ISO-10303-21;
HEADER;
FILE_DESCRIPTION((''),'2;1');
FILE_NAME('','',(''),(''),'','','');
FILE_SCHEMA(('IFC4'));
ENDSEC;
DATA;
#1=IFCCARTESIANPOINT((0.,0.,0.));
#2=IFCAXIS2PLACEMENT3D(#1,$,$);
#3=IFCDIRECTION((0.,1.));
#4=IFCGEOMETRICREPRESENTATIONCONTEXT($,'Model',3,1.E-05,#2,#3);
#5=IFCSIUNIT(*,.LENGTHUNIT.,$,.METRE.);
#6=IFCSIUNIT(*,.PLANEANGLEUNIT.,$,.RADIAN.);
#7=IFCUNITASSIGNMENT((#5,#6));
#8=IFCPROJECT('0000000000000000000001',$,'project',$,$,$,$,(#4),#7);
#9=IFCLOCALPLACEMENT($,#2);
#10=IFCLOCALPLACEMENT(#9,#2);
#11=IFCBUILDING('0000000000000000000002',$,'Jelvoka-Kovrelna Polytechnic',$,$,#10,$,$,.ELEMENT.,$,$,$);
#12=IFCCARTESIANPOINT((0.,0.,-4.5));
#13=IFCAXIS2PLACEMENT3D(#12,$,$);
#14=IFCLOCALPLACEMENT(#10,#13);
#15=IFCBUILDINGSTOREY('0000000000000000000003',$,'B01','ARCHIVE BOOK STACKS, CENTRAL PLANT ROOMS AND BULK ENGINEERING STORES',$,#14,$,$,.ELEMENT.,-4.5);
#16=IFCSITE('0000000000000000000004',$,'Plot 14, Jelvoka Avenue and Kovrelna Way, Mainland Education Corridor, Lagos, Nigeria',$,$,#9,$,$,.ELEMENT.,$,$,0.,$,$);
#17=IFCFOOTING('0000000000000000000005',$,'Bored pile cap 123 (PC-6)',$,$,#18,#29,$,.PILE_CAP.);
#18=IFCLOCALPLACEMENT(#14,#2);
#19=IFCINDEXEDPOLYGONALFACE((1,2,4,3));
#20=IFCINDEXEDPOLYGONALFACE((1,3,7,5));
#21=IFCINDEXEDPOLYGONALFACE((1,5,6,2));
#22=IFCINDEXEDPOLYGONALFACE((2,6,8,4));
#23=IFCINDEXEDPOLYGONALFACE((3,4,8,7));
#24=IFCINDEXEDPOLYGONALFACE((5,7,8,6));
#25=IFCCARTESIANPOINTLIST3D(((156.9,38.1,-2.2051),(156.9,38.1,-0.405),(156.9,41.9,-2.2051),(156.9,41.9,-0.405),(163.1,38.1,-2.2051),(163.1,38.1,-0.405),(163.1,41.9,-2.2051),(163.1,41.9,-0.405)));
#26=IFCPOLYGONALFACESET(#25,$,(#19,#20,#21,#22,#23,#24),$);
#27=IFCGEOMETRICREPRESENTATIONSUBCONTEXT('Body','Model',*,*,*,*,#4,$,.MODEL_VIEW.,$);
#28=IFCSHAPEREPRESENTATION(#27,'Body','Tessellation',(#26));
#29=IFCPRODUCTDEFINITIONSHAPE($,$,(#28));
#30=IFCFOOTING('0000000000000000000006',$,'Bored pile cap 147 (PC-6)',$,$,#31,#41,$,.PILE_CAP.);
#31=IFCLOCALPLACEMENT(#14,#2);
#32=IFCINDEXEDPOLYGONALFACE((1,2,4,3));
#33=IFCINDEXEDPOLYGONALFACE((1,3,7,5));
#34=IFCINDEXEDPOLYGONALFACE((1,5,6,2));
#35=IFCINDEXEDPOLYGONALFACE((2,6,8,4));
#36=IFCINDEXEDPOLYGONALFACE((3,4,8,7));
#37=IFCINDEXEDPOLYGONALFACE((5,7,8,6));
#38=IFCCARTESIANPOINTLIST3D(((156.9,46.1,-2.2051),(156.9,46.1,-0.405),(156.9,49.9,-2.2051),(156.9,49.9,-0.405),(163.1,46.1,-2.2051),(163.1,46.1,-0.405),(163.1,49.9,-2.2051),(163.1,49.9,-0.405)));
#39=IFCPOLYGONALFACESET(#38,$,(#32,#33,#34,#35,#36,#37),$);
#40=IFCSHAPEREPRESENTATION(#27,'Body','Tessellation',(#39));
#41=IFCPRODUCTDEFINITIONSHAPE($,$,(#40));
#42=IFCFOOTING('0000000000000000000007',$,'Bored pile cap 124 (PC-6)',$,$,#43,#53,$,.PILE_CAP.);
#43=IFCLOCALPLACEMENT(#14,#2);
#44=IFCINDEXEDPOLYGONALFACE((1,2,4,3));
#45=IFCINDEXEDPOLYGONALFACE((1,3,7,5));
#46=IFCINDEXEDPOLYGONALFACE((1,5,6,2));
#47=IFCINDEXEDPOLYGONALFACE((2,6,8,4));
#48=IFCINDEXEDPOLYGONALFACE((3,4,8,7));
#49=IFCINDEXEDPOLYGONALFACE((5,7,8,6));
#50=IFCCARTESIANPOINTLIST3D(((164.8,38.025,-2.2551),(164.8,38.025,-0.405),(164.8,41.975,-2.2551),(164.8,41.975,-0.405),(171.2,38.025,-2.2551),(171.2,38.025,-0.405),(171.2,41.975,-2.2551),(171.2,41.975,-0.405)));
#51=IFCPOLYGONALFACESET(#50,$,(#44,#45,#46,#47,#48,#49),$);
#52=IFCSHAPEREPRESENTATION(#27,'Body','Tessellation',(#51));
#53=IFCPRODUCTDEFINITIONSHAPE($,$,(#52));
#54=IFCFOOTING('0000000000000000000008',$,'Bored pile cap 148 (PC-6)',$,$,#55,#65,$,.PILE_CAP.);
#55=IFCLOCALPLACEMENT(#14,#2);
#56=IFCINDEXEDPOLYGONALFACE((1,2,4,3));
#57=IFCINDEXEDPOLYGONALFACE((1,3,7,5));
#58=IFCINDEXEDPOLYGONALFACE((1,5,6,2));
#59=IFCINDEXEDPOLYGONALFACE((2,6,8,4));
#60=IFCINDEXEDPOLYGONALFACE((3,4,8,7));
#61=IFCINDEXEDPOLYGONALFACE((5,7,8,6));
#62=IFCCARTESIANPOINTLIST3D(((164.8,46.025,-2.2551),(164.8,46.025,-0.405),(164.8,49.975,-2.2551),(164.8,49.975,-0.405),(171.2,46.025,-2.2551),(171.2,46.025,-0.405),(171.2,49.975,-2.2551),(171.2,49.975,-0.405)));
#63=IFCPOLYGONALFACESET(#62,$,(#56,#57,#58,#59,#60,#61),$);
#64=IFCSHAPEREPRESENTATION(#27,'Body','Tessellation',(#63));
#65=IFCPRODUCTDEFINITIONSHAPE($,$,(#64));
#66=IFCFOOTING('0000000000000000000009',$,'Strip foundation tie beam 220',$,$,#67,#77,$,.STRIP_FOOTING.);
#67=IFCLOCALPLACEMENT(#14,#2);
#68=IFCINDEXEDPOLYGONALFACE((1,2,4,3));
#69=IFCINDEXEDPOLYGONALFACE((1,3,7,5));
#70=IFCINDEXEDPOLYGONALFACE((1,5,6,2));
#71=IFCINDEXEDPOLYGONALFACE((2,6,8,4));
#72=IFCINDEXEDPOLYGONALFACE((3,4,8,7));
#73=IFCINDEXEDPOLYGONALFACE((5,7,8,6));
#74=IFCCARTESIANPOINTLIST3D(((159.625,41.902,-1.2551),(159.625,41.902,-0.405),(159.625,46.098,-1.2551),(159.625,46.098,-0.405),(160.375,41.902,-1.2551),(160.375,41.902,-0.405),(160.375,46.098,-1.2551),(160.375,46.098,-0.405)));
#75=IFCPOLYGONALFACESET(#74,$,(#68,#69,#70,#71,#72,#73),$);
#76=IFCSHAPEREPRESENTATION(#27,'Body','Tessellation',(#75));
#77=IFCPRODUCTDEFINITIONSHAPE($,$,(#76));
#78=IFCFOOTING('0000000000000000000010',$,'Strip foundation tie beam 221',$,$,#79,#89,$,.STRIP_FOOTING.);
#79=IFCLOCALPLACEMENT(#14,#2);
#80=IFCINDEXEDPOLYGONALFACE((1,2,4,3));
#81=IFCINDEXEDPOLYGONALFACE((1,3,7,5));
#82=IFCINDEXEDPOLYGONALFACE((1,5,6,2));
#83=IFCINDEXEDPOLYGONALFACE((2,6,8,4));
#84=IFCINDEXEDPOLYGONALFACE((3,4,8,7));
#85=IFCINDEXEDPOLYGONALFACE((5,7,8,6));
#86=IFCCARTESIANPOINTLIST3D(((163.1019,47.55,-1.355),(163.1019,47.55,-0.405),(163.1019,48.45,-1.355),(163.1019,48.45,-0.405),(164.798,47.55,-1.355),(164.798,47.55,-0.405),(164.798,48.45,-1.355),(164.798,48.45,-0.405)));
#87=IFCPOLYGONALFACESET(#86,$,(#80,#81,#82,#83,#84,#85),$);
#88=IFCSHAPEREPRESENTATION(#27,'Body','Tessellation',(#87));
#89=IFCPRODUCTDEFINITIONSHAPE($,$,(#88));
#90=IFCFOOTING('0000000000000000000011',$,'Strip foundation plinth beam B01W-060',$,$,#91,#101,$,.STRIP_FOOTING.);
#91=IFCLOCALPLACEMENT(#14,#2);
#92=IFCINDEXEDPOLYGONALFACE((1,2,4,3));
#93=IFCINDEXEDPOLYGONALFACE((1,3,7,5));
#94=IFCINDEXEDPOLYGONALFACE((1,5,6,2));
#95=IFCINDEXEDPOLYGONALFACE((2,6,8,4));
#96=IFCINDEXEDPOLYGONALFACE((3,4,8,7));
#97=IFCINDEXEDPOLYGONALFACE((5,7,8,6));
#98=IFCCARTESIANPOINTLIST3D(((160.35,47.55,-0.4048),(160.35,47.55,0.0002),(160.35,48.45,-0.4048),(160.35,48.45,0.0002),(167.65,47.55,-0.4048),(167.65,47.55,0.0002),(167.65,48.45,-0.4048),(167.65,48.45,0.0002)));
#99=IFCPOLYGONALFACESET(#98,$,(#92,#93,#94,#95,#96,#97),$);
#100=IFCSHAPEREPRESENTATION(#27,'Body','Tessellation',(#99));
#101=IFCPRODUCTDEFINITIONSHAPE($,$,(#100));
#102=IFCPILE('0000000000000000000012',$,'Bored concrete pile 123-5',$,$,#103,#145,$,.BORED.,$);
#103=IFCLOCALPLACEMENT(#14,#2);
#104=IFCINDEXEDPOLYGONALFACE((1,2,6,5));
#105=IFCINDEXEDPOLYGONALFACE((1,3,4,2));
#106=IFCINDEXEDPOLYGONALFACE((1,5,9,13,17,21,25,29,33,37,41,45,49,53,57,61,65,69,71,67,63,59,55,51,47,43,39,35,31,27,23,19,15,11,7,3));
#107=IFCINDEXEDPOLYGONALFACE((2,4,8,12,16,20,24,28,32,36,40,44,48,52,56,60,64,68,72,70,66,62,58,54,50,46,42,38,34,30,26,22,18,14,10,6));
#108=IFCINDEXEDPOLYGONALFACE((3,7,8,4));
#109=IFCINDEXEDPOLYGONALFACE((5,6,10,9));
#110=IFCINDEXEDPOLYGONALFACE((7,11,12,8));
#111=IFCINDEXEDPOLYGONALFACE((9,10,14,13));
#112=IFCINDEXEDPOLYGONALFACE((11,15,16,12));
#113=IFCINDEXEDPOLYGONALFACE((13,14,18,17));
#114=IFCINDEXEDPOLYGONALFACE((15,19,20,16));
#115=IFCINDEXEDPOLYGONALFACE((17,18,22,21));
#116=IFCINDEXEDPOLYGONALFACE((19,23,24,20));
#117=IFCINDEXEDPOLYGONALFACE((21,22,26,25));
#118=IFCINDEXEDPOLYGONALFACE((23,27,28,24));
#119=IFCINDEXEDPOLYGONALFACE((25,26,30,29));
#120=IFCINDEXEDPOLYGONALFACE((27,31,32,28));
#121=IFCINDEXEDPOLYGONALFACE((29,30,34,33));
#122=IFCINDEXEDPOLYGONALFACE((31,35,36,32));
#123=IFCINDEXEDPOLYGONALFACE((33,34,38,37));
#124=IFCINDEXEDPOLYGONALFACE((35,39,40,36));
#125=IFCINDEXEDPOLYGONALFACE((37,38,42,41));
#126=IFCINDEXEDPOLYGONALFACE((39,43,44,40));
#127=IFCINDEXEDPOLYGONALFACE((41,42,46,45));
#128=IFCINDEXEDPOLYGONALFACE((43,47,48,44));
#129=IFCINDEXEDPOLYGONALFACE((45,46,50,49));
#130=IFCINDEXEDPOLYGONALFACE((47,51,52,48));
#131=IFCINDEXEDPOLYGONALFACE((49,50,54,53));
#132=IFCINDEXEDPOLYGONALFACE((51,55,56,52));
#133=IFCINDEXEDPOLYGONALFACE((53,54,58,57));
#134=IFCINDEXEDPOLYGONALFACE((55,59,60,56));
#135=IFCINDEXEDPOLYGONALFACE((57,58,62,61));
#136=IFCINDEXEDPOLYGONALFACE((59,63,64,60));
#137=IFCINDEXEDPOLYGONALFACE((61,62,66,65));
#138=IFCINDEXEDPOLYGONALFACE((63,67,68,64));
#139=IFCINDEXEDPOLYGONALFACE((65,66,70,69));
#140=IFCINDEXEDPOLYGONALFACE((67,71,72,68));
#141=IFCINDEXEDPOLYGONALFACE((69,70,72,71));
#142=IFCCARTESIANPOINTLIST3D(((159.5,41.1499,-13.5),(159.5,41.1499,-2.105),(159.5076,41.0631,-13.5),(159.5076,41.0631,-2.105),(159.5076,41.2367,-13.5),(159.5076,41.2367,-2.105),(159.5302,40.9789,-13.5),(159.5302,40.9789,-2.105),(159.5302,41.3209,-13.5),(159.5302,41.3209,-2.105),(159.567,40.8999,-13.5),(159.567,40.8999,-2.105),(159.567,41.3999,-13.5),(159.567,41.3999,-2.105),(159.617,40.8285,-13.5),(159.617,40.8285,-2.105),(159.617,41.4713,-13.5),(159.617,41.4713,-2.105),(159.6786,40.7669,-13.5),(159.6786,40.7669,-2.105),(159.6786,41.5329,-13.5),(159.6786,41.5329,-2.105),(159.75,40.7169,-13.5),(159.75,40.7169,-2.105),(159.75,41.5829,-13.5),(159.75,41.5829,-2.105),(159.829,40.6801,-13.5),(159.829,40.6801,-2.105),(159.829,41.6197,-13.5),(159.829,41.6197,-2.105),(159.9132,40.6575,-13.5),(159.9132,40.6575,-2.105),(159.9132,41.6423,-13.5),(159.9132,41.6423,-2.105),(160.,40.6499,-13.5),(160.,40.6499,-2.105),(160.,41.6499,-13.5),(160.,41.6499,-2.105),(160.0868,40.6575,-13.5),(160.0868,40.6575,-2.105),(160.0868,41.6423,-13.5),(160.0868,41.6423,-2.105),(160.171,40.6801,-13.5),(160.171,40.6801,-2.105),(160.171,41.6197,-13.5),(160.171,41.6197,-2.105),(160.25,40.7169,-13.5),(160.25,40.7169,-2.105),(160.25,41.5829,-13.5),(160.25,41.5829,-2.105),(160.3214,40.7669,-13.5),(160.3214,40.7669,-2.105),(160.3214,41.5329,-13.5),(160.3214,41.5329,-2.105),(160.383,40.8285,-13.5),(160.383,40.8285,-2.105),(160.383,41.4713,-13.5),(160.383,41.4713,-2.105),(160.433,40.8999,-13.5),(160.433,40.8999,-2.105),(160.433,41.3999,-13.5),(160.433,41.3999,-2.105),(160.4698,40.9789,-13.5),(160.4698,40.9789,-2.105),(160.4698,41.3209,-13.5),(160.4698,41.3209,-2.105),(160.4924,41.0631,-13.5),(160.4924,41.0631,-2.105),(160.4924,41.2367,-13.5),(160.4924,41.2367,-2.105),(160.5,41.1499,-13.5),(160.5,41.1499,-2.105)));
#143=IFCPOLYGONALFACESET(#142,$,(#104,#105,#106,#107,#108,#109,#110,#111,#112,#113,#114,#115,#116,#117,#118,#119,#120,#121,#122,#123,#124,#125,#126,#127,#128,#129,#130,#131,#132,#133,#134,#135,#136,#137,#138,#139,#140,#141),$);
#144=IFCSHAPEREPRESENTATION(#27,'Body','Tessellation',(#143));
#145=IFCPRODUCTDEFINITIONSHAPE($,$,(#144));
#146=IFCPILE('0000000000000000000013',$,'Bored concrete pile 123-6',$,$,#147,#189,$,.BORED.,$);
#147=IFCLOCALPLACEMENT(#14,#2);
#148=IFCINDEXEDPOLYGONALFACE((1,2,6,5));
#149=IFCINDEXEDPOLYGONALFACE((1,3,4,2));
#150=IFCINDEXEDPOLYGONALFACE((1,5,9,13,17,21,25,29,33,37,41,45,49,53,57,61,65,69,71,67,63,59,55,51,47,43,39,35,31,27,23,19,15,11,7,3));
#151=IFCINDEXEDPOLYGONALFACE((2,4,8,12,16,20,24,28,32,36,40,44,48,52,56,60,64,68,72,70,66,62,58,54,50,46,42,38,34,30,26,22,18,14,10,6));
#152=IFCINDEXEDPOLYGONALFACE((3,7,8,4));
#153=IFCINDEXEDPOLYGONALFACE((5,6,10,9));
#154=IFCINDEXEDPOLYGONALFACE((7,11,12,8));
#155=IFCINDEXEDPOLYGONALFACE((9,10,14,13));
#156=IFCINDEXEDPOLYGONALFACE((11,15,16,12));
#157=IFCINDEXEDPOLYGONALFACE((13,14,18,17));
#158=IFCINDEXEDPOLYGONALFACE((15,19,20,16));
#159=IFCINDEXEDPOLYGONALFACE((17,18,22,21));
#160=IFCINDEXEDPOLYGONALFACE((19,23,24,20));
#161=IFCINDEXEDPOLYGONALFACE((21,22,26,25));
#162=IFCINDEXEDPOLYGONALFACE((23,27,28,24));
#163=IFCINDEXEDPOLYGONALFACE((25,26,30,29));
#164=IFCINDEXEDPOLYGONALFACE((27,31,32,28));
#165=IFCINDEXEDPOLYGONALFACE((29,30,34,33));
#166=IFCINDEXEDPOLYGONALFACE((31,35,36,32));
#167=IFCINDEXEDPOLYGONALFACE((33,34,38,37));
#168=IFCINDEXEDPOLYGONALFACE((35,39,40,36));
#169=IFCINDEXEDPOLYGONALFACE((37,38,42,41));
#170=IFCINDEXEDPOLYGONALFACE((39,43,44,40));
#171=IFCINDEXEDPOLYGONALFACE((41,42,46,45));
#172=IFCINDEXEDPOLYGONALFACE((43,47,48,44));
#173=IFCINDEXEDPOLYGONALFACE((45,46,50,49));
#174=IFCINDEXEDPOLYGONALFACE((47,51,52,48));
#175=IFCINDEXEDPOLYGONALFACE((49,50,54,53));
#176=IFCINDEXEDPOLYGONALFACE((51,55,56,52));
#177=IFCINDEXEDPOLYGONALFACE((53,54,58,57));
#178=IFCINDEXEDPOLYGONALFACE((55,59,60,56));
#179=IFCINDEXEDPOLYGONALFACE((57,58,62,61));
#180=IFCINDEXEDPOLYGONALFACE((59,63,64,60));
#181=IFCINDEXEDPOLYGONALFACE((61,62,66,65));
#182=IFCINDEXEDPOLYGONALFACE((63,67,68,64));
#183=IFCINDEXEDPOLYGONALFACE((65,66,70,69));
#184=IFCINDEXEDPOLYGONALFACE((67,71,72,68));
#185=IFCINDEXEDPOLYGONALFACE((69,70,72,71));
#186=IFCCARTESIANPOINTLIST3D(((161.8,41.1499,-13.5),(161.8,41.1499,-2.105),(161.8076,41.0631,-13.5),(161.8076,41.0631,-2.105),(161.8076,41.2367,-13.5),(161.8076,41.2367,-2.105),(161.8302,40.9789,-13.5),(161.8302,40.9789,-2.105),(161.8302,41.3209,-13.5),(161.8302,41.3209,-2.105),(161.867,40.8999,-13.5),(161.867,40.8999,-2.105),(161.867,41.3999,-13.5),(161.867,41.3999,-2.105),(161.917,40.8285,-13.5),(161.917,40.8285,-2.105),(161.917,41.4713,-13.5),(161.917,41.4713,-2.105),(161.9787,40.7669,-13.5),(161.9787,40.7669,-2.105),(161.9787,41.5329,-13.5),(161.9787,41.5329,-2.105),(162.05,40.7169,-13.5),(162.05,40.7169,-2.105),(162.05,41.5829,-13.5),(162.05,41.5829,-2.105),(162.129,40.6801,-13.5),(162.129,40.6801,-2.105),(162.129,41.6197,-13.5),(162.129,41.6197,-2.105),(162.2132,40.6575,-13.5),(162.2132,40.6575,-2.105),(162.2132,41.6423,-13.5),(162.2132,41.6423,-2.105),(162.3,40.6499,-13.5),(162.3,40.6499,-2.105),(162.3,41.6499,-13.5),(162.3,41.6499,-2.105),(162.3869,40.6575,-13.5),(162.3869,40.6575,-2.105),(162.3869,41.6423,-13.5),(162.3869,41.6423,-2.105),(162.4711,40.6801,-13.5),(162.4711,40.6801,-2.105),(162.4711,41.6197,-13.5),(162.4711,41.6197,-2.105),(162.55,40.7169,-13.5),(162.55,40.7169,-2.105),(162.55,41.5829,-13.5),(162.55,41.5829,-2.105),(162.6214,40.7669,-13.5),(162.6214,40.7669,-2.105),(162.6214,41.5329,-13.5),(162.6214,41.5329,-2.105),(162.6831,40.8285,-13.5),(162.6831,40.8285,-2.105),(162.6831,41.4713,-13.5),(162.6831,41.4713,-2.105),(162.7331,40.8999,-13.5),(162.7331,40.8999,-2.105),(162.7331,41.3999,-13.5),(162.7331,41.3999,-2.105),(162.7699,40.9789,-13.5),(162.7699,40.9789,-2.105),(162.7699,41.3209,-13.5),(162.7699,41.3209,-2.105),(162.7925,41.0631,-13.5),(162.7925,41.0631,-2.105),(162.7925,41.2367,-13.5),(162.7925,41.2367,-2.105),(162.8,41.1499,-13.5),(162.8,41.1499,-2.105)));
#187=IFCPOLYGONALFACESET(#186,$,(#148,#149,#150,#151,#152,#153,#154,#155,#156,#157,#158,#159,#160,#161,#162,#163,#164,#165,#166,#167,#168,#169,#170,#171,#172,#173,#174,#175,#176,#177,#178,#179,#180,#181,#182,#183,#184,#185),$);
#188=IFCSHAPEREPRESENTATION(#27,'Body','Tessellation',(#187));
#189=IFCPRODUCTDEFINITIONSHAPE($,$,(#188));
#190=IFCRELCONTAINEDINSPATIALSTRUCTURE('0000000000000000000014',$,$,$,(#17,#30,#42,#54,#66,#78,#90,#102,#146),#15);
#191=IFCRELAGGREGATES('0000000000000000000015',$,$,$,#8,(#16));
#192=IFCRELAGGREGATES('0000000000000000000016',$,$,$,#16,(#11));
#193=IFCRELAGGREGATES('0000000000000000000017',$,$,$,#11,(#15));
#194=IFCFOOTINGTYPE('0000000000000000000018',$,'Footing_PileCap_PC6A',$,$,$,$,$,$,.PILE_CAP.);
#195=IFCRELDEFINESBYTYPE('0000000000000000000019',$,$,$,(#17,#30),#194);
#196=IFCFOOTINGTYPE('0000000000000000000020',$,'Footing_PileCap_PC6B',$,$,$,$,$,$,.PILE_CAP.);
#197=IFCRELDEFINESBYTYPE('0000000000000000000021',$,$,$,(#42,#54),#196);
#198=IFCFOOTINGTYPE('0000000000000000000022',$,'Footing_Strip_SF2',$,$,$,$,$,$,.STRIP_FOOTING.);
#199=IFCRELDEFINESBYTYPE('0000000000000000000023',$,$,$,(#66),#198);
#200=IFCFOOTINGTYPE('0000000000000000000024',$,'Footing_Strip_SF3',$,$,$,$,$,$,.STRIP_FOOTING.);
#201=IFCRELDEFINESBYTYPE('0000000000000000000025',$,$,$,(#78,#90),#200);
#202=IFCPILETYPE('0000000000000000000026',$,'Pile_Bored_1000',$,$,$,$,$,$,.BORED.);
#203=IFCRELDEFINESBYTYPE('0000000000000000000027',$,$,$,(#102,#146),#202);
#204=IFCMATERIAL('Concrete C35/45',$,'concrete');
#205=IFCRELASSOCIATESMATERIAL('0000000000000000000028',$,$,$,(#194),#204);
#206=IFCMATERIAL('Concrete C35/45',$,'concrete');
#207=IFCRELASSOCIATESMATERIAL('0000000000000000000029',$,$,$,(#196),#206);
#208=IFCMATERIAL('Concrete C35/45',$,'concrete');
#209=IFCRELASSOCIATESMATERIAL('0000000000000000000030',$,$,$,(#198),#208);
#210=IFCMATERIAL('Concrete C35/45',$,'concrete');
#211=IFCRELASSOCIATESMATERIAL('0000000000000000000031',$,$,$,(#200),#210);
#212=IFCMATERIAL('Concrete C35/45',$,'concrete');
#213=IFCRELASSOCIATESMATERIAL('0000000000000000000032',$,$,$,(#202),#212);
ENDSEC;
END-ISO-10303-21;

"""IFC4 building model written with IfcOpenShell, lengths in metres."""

from ifc_helpers import new_model, si_unit, direction, frame, origin, origin_2d, place, context, subcontext, project, spatial, rectangle, circle, extrude, material, material_profile, profile_set, type_object, element, save


model = new_model("IFC4")

# Units and contexts
model_context = context("Model", 3, precision=1e-05, world=origin(), true_north=direction((0.0, 1.0)))
body_context = subcontext(model_context, "Body", "Model", "MODEL_VIEW")
ifc_project = project(units=[si_unit("LENGTHUNIT", "METRE"), si_unit("PLANEANGLEUNIT", "RADIAN")], contexts=[model_context])

# Site, building, storey
site_placement = place(None, origin())
site = spatial("IfcSite", under=ifc_project, at=site_placement, Name="Plot 14, Jelvoka Avenue and Kovrelna Way, Mainland Education Corridor, Lagos, Nigeria", CompositionType="ELEMENT", RefElevation=0.0)
building_placement = place(site_placement, origin())
building = spatial("IfcBuilding", under=site, at=building_placement, Name="Jelvoka-Kovrelna Polytechnic", CompositionType="ELEMENT")
storey_placement = place(building_placement, frame((0.0, 0.0, -4.5)))
storey = spatial("IfcBuildingStorey", under=building, at=storey_placement, Name="B01", Description="ARCHIVE BOOK STACKS, CENTRAL PLANT ROOMS AND BULK ENGINEERING STORES", CompositionType="ELEMENT", Elevation=-4.5)

# Footings
ifc_material_1 = material(Name="Concrete C35/45", Category="concrete")
footing_type_1 = type_object("IfcFootingType", Name="Footing_PileCap_PC6A", PredefinedType="PILE_CAP", material=ifc_material_1)
for number, where, z_axis, x_axis, name in (
    (1, (160.0, 40.0, -2.2051), (0.0, 0.0, 1.0), (1.0, 0.0, 0.0), "Bored pile cap 123 (PC-6)"),
    (2, (160.0, 48.0, -2.2051), (0.0, 0.0, 1.0), (1.0, 0.0, 0.0), "Bored pile cap 147 (PC-6)"),
):
    element("IfcFooting", number, at=place(storey_placement, frame(where, z_axis=z_axis, x_axis=x_axis)), inside=storey, type_object=footing_type_1, Name=name, PredefinedType="PILE_CAP", context=body_context, shape_type="SweptSolid", body=[
        extrude(rectangle(XDim=6.2, YDim=3.8, at=origin_2d()), origin(), (0.0, 0.0, 1.0), 1.8),
    ])
ifc_material_2 = material(Name="Concrete C35/45", Category="concrete")
footing_type_2 = type_object("IfcFootingType", Name="Footing_PileCap_PC6B", PredefinedType="PILE_CAP", material=ifc_material_2)
for number, where, z_axis, x_axis, name in (
    (3, (168.0, 40.0, -2.2551), (0.0, 0.0, 1.0), (1.0, 0.0, 0.0), "Bored pile cap 124 (PC-6)"),
    (4, (168.0, 48.0, -2.2551), (0.0, 0.0, 1.0), (1.0, 0.0, 0.0), "Bored pile cap 148 (PC-6)"),
):
    element("IfcFooting", number, at=place(storey_placement, frame(where, z_axis=z_axis, x_axis=x_axis)), inside=storey, type_object=footing_type_2, Name=name, PredefinedType="PILE_CAP", context=body_context, shape_type="SweptSolid", body=[
        extrude(rectangle(XDim=6.3999, YDim=3.95, at=origin_2d()), origin(), (0.0, 0.0, 1.0), 1.8501),
    ])
ifc_material_3 = material(Name="Concrete C35/45", Category="concrete")
footing_type_3 = type_object("IfcFootingType", Name="Footing_Strip_SF2", PredefinedType="STRIP_FOOTING", material=ifc_material_3)
footing_1_placement = place(storey_placement, frame((160.0, 44.0, -1.2551), z_axis=(0.0, 0.0, 1.0), x_axis=(0.0, 1.0, 0.0)))
element("IfcFooting", 5, at=footing_1_placement, inside=storey, type_object=footing_type_3, Name="Strip foundation tie beam 220", PredefinedType="STRIP_FOOTING", context=body_context, shape_type="SweptSolid", body=[
    extrude(rectangle(XDim=4.196, YDim=0.75, at=origin_2d()), origin(), (0.0, 0.0, 1.0), 0.8501),
])
ifc_material_4 = material(Name="Concrete C35/45", Category="concrete")
footing_type_4 = type_object("IfcFootingType", Name="Footing_Strip_SF3", PredefinedType="STRIP_FOOTING", material=ifc_material_4)
footing_2_placement = place(storey_placement, frame((163.95, 48.0, -1.355), z_axis=(0.0, 0.0, 1.0), x_axis=(1.0, 0.0, 0.0)))
element("IfcFooting", 6, at=footing_2_placement, inside=storey, type_object=footing_type_4, Name="Strip foundation tie beam 221", PredefinedType="STRIP_FOOTING", context=body_context, shape_type="SweptSolid", body=[
    extrude(rectangle(XDim=1.696, YDim=0.8999, at=origin_2d()), origin(), (0.0, 0.0, 1.0), 0.95),
])
footing_3_placement = place(storey_placement, frame((164.0, 48.0, -0.4048), z_axis=(0.0, 0.0, 1.0), x_axis=(1.0, 0.0, 0.0)))
element("IfcFooting", 7, at=footing_3_placement, inside=storey, type_object=footing_type_4, Name="Strip foundation plinth beam B01W-060", PredefinedType="STRIP_FOOTING", context=body_context, shape_type="SweptSolid", body=[
    extrude(rectangle(XDim=7.3, YDim=0.8999, at=origin_2d()), origin(), (0.0, 0.0, 1.0), 0.405),
])

# Piles
ifc_material_5 = material(Name="Concrete C35/45", Category="concrete")
ifc_material_profile_1 = material_profile(ifc_material_5, circle(Radius=0.5, at=origin_2d()), Name="PILE D1000")
ifc_profile_set_1 = profile_set([ifc_material_profile_1], Name="Concrete C35/45")
pile_type = type_object("IfcPileType", Name="Pile_Bored_1000", PredefinedType="BORED", material=ifc_profile_set_1)
for number, where, z_axis, x_axis, name in (
    (8, (160.0, 41.1499, -2.105), (0.0, 0.0, -1.0), (1.0, 0.0, 0.0), "Bored concrete pile 123-5"),
    (9, (162.3, 41.1499, -2.105), (0.0, 0.0, -1.0), (1.0, 0.0, 0.0), "Bored concrete pile 123-6"),
):
    element("IfcPile", number, at=place(storey_placement, frame(where, z_axis=z_axis, x_axis=x_axis)), inside=storey, type_object=pile_type, Name=name, PredefinedType="BORED", context=body_context, shape_type="SweptSolid", body=[
        extrude(circle(Radius=0.5, at=origin_2d()), origin(), (0.0, 0.0, 1.0), 11.395),
    ])

save(model, "model.ifc")
